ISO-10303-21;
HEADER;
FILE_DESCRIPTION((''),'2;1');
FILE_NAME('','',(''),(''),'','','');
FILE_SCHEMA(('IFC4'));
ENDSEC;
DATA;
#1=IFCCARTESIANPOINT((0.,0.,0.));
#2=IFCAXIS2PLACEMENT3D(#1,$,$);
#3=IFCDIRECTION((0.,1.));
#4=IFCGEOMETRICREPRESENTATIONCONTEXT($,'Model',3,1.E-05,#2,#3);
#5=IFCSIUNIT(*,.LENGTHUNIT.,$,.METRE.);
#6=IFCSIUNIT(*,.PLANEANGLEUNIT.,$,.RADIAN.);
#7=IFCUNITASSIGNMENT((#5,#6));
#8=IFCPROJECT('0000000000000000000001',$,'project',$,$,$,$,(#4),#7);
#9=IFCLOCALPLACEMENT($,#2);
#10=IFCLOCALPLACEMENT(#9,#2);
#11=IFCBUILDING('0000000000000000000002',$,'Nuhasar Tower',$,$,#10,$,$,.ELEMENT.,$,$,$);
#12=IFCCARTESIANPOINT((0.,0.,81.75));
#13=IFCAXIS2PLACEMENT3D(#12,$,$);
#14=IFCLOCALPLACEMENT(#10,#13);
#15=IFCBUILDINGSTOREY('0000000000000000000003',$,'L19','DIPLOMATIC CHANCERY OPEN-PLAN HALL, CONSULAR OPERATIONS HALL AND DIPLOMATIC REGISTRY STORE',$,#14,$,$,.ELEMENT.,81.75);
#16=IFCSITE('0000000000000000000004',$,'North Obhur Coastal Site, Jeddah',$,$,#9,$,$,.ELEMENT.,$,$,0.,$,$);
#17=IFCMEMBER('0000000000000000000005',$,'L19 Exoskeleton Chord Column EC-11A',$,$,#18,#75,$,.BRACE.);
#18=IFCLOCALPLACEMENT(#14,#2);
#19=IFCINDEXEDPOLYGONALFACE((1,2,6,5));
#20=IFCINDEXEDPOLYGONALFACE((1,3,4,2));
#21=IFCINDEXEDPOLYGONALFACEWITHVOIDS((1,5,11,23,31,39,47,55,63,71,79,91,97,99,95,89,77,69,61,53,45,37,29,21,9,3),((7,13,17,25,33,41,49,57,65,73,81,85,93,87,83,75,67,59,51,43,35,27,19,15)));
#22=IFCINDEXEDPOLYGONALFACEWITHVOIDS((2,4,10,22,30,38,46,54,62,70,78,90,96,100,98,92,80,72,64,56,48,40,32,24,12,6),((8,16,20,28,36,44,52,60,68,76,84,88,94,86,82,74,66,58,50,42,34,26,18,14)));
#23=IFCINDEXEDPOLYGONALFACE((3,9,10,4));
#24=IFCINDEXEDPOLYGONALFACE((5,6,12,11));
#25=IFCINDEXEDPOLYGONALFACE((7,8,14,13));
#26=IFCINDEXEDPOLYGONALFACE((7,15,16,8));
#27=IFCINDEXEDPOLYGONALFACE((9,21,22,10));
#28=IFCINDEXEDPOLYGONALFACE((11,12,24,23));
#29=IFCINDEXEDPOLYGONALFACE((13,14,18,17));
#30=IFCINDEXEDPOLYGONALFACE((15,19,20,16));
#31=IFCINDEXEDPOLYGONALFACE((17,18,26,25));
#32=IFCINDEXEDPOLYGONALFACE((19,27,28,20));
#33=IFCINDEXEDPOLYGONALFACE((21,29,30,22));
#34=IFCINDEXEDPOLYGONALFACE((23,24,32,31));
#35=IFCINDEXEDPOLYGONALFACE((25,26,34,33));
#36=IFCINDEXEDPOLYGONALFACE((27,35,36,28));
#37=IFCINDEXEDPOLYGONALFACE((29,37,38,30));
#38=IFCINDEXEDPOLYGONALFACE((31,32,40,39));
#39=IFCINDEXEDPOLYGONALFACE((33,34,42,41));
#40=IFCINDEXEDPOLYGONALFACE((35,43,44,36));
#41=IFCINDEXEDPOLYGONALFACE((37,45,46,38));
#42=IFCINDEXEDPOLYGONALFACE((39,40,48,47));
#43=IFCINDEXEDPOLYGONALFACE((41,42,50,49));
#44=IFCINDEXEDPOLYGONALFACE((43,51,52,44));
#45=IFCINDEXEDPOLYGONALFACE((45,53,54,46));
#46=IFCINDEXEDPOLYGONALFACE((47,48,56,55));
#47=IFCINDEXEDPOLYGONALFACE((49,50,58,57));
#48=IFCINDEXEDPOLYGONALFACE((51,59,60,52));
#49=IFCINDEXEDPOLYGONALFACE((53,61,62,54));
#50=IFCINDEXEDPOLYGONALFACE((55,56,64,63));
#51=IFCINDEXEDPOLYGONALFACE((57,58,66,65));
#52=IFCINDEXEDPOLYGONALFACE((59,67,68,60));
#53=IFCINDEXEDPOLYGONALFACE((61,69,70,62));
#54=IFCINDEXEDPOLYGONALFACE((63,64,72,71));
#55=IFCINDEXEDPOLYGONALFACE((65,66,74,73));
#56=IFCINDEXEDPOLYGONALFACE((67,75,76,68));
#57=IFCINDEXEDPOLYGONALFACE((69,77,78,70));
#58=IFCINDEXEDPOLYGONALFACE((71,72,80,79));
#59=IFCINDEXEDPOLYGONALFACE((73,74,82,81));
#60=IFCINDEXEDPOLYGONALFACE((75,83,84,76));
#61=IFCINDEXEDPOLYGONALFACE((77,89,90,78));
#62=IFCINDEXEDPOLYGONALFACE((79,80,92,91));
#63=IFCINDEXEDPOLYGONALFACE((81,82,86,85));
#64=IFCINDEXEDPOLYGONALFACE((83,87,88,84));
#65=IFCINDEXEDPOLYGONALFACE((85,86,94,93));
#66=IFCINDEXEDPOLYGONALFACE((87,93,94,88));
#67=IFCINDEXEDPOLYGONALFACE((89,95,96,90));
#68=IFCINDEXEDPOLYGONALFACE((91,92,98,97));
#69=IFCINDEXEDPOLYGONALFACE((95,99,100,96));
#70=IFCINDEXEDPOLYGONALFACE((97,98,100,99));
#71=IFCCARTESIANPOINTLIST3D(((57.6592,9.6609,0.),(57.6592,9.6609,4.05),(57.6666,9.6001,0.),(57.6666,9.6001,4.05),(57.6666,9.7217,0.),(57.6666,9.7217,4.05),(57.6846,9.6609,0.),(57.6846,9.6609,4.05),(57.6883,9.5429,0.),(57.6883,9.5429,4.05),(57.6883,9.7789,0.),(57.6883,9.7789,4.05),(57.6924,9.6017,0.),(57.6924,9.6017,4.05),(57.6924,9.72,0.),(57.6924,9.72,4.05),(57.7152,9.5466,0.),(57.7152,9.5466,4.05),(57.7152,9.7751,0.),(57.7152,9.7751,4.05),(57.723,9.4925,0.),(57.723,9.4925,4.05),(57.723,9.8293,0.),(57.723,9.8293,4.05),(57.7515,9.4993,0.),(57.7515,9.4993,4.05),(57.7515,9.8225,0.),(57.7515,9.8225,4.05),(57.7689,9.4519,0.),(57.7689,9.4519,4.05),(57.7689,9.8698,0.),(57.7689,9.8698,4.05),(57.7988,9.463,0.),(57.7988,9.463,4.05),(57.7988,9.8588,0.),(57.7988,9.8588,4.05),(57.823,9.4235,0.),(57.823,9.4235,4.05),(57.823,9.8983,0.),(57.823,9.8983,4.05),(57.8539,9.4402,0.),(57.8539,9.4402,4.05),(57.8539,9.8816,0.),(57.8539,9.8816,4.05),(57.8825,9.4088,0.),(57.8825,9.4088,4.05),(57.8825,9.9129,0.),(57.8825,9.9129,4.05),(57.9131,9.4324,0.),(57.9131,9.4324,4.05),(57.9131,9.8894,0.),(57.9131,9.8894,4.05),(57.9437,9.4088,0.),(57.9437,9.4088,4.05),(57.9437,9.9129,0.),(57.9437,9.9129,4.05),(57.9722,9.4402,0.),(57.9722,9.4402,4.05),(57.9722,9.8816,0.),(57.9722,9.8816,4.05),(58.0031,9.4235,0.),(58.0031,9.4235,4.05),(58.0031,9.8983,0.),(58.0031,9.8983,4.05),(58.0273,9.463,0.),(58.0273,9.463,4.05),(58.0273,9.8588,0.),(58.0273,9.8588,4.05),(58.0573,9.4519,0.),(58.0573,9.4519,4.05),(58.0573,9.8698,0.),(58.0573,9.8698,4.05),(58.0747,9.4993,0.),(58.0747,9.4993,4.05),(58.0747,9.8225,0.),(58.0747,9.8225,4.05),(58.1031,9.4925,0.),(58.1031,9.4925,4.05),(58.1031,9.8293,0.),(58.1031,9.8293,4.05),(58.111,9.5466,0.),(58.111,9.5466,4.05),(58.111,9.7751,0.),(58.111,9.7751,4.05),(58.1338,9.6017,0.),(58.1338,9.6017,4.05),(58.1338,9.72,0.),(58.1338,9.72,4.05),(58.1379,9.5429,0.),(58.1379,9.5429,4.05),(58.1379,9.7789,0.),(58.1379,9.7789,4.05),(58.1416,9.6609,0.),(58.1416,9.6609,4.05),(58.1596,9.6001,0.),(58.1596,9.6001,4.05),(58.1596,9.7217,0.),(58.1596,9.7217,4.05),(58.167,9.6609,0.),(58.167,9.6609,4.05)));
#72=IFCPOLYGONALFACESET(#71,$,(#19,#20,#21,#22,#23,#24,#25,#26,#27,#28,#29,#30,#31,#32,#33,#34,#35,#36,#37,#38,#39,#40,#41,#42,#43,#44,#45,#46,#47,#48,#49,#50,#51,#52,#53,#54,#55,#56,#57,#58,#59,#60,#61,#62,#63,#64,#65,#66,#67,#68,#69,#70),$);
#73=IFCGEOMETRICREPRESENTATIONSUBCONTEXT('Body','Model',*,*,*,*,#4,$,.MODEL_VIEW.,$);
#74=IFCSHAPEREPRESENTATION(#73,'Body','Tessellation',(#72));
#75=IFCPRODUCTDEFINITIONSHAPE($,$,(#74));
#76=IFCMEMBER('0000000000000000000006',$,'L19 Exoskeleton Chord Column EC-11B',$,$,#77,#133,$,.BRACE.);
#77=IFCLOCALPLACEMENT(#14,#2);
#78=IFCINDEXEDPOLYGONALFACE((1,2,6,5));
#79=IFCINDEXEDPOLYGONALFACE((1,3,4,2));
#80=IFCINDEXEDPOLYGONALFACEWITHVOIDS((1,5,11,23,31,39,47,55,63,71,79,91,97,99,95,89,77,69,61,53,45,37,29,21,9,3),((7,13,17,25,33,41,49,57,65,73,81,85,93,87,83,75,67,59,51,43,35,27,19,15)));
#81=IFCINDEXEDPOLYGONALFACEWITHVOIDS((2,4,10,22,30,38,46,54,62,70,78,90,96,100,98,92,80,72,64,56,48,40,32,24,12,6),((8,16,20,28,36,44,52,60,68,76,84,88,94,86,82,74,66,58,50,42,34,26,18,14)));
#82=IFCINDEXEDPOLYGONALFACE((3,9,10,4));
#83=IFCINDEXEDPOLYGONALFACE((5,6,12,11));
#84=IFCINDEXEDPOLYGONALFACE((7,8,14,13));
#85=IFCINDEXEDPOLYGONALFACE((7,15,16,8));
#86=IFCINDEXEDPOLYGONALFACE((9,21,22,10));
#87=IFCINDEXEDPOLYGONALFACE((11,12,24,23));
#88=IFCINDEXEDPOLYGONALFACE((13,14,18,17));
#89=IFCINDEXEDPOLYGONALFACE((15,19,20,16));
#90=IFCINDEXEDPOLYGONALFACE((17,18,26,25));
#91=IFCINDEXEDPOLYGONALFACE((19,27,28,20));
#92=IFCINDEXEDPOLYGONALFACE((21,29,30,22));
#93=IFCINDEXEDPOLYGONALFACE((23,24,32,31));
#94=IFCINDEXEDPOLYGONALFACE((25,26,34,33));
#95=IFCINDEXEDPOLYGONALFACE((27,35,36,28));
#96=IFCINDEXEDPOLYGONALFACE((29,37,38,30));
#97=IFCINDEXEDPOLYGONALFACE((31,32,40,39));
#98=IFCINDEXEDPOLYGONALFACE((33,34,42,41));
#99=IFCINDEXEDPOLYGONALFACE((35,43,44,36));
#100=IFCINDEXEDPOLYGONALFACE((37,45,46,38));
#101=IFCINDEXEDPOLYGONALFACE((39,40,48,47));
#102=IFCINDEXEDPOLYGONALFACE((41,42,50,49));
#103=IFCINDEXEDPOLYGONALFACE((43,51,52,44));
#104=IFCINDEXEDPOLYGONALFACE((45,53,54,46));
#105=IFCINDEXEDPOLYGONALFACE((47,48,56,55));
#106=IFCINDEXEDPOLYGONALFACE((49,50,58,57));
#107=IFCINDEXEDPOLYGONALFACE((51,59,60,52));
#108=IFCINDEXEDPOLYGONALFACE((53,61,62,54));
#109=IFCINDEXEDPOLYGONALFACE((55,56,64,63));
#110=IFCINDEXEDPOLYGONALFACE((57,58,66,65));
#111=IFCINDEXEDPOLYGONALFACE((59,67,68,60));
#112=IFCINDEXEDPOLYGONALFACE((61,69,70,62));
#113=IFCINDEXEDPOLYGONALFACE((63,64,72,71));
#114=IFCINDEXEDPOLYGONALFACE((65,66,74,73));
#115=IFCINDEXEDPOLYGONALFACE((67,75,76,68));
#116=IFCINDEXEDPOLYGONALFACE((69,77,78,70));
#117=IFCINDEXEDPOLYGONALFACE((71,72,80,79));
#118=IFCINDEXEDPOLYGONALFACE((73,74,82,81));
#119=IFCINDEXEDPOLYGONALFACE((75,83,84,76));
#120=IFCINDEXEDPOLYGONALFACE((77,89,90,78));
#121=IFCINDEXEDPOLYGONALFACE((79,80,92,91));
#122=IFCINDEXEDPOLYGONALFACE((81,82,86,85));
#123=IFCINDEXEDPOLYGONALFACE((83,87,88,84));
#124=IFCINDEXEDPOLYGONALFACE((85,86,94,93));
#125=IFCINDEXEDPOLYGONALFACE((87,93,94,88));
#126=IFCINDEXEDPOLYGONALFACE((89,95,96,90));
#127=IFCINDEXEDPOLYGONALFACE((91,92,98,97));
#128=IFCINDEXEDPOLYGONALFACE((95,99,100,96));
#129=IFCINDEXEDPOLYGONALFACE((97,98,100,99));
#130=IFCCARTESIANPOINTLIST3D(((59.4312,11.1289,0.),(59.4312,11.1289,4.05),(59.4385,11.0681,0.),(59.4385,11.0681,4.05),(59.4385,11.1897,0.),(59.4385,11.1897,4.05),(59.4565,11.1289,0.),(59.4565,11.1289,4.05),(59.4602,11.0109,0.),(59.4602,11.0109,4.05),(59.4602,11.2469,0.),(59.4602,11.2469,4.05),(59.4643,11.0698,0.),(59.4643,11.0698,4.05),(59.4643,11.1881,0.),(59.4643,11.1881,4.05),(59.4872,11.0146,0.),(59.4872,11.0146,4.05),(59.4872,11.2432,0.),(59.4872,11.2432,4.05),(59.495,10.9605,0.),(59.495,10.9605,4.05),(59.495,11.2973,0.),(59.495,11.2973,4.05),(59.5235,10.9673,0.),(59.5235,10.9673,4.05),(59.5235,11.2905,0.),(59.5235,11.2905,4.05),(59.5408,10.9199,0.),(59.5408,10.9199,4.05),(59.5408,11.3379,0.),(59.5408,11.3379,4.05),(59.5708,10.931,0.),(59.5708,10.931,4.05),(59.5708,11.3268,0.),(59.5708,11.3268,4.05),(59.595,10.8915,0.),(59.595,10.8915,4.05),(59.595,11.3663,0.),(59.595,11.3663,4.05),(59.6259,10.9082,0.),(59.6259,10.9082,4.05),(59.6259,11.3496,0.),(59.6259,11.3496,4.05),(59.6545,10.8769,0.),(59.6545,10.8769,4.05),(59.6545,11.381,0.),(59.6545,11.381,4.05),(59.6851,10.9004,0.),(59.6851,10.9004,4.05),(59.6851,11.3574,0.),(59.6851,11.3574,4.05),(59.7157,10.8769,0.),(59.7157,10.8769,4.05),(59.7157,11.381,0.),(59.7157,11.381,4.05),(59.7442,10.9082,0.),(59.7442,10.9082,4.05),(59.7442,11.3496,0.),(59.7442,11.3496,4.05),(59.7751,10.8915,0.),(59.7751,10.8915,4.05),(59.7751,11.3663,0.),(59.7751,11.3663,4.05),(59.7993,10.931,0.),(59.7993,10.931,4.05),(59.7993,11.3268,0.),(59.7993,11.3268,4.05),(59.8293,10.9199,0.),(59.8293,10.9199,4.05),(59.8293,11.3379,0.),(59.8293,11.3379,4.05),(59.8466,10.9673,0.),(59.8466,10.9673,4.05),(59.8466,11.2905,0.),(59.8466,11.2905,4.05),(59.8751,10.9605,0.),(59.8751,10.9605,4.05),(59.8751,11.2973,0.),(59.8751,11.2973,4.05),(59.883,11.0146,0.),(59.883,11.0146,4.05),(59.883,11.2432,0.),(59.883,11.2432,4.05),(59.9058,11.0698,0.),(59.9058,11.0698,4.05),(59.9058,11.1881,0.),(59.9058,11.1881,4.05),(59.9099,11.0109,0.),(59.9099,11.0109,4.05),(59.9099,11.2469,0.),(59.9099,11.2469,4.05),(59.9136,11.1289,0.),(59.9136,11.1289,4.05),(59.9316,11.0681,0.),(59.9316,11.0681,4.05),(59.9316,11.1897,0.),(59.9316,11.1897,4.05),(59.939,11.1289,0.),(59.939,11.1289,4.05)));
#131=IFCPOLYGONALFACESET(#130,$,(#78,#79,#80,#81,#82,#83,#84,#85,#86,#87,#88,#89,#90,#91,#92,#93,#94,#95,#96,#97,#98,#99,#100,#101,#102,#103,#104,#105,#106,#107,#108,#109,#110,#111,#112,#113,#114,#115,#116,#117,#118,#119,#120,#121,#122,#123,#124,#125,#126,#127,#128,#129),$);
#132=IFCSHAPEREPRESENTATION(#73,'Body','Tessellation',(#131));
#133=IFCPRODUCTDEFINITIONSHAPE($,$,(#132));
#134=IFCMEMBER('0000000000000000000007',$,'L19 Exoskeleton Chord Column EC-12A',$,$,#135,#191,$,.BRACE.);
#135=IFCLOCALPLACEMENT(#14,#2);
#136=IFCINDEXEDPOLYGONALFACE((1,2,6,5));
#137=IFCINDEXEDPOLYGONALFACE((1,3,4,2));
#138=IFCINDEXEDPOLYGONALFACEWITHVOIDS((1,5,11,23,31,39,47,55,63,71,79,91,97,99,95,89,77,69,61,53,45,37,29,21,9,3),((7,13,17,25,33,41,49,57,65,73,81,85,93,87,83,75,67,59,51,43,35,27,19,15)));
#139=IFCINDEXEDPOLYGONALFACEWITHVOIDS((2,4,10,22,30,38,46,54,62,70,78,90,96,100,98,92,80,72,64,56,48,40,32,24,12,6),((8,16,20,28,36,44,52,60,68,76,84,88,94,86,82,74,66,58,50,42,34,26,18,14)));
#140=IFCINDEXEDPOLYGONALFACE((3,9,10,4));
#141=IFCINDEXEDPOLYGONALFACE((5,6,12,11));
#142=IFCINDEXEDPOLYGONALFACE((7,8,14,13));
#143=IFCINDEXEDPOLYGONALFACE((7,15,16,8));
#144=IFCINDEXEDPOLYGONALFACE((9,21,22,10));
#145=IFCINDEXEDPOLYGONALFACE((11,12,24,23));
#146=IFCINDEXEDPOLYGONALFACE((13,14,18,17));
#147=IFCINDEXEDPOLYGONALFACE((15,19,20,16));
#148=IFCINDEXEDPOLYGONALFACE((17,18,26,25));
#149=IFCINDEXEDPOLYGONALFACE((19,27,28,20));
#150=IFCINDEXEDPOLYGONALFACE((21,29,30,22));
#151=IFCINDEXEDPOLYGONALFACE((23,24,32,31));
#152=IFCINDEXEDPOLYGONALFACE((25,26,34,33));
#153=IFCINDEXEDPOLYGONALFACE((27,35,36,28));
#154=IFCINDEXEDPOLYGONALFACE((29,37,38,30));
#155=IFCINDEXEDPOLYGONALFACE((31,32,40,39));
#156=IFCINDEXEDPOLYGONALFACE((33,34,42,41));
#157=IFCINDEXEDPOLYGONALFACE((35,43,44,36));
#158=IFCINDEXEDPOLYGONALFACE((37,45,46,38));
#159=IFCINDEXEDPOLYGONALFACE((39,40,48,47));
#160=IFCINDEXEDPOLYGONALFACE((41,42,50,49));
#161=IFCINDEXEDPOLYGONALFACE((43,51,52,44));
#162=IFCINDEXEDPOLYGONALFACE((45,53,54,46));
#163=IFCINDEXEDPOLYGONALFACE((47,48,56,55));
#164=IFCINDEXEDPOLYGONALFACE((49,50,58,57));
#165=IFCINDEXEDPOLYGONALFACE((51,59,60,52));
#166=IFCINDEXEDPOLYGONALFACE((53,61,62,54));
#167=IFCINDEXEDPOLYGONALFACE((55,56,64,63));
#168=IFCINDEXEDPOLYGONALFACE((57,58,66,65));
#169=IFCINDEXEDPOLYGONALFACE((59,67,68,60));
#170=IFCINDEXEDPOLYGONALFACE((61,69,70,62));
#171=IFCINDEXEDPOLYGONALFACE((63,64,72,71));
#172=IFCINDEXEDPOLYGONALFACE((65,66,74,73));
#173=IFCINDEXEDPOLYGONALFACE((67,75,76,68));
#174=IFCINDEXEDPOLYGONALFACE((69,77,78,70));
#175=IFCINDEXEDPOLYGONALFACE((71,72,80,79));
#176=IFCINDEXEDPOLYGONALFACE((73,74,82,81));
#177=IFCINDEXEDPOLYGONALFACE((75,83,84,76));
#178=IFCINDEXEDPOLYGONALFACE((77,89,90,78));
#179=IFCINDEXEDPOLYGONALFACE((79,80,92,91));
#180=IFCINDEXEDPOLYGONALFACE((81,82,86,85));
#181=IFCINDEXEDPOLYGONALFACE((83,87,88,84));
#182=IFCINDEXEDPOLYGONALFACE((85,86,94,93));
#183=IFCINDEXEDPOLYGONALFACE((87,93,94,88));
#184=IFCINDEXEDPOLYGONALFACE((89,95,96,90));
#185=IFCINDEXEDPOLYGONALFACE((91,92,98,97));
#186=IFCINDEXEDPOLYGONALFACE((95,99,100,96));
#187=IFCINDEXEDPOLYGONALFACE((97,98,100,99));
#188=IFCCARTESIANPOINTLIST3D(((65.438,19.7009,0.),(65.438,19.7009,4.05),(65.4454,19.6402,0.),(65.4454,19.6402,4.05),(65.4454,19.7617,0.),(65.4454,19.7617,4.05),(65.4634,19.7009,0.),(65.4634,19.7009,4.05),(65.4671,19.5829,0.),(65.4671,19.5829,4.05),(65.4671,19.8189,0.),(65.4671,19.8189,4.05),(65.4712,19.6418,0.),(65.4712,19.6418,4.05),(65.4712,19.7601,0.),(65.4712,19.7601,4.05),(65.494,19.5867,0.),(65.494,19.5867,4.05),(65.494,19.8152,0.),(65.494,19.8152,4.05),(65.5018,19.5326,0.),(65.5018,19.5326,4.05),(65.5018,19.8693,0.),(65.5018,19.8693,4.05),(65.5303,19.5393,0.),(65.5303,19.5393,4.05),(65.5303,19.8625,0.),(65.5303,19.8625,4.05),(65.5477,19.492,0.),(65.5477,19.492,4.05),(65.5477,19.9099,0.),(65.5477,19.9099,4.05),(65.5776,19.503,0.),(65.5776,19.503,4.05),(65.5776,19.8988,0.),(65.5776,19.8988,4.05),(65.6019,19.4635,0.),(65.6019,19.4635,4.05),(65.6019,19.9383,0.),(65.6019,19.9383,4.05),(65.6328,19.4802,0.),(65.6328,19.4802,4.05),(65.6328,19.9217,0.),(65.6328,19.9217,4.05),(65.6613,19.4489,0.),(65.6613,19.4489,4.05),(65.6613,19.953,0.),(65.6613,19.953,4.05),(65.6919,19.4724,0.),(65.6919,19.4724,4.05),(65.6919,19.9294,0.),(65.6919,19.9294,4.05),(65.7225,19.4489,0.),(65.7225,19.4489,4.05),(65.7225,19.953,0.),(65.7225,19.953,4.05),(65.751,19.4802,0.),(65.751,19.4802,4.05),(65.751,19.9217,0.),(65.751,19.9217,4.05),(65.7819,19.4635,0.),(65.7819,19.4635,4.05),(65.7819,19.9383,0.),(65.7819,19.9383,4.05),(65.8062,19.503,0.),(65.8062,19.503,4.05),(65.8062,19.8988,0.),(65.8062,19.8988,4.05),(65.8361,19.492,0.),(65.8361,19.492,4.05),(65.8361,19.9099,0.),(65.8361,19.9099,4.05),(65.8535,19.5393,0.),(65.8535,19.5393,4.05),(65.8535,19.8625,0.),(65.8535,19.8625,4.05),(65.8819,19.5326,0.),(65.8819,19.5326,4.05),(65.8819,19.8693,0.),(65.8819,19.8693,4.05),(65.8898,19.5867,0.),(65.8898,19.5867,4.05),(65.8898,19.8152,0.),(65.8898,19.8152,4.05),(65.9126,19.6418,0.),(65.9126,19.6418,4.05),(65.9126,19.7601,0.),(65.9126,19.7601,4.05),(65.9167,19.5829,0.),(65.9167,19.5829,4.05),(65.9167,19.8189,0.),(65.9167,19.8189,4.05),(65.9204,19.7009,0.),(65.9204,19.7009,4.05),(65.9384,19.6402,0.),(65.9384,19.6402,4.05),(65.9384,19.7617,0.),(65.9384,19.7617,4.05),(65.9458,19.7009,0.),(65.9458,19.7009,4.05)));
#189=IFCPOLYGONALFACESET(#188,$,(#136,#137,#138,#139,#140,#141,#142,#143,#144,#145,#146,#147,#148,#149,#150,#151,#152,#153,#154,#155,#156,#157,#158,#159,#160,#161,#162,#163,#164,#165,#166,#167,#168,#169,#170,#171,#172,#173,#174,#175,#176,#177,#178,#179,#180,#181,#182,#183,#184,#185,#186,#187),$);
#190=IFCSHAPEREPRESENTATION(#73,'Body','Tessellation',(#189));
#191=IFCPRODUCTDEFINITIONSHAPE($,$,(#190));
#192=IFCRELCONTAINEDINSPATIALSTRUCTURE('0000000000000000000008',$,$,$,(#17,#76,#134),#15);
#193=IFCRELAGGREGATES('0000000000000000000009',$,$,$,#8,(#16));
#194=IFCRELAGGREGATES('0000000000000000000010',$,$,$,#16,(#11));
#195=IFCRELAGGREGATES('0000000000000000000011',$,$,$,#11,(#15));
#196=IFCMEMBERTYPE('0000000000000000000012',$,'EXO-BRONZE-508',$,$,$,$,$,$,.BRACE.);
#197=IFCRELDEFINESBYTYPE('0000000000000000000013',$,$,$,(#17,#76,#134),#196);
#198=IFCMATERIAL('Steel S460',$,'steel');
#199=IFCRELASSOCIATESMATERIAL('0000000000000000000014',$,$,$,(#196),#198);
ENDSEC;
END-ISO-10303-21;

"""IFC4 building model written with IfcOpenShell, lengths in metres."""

from ifc_helpers import new_model, si_unit, direction, frame, origin, origin_2d, place, context, subcontext, project, spatial, hollow_circle, extrude, material, material_profile, profile_set, type_object, element, save


model = new_model("IFC4")

# Units and contexts
model_context = context("Model", 3, precision=1e-05, world=origin(), true_north=direction((0.0, 1.0)))
body_context = subcontext(model_context, "Body", "Model", "MODEL_VIEW")
ifc_project = project(units=[si_unit("LENGTHUNIT", "METRE"), si_unit("PLANEANGLEUNIT", "RADIAN")], contexts=[model_context])

# Site, building, storey
site_placement = place(None, origin())
site = spatial("IfcSite", under=ifc_project, at=site_placement, Name="North Obhur Coastal Site, Jeddah", CompositionType="ELEMENT", RefElevation=0.0)
building_placement = place(site_placement, origin())
building = spatial("IfcBuilding", under=site, at=building_placement, Name="Nuhasar Tower", CompositionType="ELEMENT")
storey_placement = place(building_placement, frame((0.0, 0.0, 81.75)))
storey = spatial("IfcBuildingStorey", under=building, at=storey_placement, Name="L19", Description="DIPLOMATIC CHANCERY OPEN-PLAN HALL, CONSULAR OPERATIONS HALL AND DIPLOMATIC REGISTRY STORE", CompositionType="ELEMENT", Elevation=81.75)

# Members
ifc_material_1 = material(Name="Steel S460", Category="steel")
ifc_material_profile_1 = material_profile(ifc_material_1, hollow_circle(Radius=0.2539, WallThickness=0.0254, at=origin_2d()), Name="HSS508X25.4")
ifc_profile_set_1 = profile_set([ifc_material_profile_1], Name="Steel S460")
member_type_1 = type_object("IfcMemberType", Name="EXO-BRONZE-508", PredefinedType="BRACE", material=ifc_profile_set_1)
for number, where, z_axis, x_axis, name in (
    (1, (57.9131, 9.6609, 0.0), (0.0, 0.0, 1.0), (1.0, 0.0, 0.0), "L19 Exoskeleton Chord Column EC-11A"),
    (2, (59.6851, 11.1289, 0.0), (0.0, 0.0, 1.0), (1.0, 0.0, 0.0), "L19 Exoskeleton Chord Column EC-11B"),
    (3, (65.6919, 19.7009, 0.0), (0.0, 0.0, 1.0), (1.0, 0.0, 0.0), "L19 Exoskeleton Chord Column EC-12A"),
):
    element("IfcMember", number, at=place(storey_placement, frame(where, z_axis=z_axis, x_axis=x_axis)), inside=storey, type_object=member_type_1, Name=name, PredefinedType="BRACE", context=body_context, shape_type="SweptSolid", body=[
        extrude(hollow_circle(Radius=0.2539, WallThickness=0.0254, at=origin_2d()), origin(), (0.0, 0.0, 1.0), 4.05),
    ])

save(model, "model.ifc")
